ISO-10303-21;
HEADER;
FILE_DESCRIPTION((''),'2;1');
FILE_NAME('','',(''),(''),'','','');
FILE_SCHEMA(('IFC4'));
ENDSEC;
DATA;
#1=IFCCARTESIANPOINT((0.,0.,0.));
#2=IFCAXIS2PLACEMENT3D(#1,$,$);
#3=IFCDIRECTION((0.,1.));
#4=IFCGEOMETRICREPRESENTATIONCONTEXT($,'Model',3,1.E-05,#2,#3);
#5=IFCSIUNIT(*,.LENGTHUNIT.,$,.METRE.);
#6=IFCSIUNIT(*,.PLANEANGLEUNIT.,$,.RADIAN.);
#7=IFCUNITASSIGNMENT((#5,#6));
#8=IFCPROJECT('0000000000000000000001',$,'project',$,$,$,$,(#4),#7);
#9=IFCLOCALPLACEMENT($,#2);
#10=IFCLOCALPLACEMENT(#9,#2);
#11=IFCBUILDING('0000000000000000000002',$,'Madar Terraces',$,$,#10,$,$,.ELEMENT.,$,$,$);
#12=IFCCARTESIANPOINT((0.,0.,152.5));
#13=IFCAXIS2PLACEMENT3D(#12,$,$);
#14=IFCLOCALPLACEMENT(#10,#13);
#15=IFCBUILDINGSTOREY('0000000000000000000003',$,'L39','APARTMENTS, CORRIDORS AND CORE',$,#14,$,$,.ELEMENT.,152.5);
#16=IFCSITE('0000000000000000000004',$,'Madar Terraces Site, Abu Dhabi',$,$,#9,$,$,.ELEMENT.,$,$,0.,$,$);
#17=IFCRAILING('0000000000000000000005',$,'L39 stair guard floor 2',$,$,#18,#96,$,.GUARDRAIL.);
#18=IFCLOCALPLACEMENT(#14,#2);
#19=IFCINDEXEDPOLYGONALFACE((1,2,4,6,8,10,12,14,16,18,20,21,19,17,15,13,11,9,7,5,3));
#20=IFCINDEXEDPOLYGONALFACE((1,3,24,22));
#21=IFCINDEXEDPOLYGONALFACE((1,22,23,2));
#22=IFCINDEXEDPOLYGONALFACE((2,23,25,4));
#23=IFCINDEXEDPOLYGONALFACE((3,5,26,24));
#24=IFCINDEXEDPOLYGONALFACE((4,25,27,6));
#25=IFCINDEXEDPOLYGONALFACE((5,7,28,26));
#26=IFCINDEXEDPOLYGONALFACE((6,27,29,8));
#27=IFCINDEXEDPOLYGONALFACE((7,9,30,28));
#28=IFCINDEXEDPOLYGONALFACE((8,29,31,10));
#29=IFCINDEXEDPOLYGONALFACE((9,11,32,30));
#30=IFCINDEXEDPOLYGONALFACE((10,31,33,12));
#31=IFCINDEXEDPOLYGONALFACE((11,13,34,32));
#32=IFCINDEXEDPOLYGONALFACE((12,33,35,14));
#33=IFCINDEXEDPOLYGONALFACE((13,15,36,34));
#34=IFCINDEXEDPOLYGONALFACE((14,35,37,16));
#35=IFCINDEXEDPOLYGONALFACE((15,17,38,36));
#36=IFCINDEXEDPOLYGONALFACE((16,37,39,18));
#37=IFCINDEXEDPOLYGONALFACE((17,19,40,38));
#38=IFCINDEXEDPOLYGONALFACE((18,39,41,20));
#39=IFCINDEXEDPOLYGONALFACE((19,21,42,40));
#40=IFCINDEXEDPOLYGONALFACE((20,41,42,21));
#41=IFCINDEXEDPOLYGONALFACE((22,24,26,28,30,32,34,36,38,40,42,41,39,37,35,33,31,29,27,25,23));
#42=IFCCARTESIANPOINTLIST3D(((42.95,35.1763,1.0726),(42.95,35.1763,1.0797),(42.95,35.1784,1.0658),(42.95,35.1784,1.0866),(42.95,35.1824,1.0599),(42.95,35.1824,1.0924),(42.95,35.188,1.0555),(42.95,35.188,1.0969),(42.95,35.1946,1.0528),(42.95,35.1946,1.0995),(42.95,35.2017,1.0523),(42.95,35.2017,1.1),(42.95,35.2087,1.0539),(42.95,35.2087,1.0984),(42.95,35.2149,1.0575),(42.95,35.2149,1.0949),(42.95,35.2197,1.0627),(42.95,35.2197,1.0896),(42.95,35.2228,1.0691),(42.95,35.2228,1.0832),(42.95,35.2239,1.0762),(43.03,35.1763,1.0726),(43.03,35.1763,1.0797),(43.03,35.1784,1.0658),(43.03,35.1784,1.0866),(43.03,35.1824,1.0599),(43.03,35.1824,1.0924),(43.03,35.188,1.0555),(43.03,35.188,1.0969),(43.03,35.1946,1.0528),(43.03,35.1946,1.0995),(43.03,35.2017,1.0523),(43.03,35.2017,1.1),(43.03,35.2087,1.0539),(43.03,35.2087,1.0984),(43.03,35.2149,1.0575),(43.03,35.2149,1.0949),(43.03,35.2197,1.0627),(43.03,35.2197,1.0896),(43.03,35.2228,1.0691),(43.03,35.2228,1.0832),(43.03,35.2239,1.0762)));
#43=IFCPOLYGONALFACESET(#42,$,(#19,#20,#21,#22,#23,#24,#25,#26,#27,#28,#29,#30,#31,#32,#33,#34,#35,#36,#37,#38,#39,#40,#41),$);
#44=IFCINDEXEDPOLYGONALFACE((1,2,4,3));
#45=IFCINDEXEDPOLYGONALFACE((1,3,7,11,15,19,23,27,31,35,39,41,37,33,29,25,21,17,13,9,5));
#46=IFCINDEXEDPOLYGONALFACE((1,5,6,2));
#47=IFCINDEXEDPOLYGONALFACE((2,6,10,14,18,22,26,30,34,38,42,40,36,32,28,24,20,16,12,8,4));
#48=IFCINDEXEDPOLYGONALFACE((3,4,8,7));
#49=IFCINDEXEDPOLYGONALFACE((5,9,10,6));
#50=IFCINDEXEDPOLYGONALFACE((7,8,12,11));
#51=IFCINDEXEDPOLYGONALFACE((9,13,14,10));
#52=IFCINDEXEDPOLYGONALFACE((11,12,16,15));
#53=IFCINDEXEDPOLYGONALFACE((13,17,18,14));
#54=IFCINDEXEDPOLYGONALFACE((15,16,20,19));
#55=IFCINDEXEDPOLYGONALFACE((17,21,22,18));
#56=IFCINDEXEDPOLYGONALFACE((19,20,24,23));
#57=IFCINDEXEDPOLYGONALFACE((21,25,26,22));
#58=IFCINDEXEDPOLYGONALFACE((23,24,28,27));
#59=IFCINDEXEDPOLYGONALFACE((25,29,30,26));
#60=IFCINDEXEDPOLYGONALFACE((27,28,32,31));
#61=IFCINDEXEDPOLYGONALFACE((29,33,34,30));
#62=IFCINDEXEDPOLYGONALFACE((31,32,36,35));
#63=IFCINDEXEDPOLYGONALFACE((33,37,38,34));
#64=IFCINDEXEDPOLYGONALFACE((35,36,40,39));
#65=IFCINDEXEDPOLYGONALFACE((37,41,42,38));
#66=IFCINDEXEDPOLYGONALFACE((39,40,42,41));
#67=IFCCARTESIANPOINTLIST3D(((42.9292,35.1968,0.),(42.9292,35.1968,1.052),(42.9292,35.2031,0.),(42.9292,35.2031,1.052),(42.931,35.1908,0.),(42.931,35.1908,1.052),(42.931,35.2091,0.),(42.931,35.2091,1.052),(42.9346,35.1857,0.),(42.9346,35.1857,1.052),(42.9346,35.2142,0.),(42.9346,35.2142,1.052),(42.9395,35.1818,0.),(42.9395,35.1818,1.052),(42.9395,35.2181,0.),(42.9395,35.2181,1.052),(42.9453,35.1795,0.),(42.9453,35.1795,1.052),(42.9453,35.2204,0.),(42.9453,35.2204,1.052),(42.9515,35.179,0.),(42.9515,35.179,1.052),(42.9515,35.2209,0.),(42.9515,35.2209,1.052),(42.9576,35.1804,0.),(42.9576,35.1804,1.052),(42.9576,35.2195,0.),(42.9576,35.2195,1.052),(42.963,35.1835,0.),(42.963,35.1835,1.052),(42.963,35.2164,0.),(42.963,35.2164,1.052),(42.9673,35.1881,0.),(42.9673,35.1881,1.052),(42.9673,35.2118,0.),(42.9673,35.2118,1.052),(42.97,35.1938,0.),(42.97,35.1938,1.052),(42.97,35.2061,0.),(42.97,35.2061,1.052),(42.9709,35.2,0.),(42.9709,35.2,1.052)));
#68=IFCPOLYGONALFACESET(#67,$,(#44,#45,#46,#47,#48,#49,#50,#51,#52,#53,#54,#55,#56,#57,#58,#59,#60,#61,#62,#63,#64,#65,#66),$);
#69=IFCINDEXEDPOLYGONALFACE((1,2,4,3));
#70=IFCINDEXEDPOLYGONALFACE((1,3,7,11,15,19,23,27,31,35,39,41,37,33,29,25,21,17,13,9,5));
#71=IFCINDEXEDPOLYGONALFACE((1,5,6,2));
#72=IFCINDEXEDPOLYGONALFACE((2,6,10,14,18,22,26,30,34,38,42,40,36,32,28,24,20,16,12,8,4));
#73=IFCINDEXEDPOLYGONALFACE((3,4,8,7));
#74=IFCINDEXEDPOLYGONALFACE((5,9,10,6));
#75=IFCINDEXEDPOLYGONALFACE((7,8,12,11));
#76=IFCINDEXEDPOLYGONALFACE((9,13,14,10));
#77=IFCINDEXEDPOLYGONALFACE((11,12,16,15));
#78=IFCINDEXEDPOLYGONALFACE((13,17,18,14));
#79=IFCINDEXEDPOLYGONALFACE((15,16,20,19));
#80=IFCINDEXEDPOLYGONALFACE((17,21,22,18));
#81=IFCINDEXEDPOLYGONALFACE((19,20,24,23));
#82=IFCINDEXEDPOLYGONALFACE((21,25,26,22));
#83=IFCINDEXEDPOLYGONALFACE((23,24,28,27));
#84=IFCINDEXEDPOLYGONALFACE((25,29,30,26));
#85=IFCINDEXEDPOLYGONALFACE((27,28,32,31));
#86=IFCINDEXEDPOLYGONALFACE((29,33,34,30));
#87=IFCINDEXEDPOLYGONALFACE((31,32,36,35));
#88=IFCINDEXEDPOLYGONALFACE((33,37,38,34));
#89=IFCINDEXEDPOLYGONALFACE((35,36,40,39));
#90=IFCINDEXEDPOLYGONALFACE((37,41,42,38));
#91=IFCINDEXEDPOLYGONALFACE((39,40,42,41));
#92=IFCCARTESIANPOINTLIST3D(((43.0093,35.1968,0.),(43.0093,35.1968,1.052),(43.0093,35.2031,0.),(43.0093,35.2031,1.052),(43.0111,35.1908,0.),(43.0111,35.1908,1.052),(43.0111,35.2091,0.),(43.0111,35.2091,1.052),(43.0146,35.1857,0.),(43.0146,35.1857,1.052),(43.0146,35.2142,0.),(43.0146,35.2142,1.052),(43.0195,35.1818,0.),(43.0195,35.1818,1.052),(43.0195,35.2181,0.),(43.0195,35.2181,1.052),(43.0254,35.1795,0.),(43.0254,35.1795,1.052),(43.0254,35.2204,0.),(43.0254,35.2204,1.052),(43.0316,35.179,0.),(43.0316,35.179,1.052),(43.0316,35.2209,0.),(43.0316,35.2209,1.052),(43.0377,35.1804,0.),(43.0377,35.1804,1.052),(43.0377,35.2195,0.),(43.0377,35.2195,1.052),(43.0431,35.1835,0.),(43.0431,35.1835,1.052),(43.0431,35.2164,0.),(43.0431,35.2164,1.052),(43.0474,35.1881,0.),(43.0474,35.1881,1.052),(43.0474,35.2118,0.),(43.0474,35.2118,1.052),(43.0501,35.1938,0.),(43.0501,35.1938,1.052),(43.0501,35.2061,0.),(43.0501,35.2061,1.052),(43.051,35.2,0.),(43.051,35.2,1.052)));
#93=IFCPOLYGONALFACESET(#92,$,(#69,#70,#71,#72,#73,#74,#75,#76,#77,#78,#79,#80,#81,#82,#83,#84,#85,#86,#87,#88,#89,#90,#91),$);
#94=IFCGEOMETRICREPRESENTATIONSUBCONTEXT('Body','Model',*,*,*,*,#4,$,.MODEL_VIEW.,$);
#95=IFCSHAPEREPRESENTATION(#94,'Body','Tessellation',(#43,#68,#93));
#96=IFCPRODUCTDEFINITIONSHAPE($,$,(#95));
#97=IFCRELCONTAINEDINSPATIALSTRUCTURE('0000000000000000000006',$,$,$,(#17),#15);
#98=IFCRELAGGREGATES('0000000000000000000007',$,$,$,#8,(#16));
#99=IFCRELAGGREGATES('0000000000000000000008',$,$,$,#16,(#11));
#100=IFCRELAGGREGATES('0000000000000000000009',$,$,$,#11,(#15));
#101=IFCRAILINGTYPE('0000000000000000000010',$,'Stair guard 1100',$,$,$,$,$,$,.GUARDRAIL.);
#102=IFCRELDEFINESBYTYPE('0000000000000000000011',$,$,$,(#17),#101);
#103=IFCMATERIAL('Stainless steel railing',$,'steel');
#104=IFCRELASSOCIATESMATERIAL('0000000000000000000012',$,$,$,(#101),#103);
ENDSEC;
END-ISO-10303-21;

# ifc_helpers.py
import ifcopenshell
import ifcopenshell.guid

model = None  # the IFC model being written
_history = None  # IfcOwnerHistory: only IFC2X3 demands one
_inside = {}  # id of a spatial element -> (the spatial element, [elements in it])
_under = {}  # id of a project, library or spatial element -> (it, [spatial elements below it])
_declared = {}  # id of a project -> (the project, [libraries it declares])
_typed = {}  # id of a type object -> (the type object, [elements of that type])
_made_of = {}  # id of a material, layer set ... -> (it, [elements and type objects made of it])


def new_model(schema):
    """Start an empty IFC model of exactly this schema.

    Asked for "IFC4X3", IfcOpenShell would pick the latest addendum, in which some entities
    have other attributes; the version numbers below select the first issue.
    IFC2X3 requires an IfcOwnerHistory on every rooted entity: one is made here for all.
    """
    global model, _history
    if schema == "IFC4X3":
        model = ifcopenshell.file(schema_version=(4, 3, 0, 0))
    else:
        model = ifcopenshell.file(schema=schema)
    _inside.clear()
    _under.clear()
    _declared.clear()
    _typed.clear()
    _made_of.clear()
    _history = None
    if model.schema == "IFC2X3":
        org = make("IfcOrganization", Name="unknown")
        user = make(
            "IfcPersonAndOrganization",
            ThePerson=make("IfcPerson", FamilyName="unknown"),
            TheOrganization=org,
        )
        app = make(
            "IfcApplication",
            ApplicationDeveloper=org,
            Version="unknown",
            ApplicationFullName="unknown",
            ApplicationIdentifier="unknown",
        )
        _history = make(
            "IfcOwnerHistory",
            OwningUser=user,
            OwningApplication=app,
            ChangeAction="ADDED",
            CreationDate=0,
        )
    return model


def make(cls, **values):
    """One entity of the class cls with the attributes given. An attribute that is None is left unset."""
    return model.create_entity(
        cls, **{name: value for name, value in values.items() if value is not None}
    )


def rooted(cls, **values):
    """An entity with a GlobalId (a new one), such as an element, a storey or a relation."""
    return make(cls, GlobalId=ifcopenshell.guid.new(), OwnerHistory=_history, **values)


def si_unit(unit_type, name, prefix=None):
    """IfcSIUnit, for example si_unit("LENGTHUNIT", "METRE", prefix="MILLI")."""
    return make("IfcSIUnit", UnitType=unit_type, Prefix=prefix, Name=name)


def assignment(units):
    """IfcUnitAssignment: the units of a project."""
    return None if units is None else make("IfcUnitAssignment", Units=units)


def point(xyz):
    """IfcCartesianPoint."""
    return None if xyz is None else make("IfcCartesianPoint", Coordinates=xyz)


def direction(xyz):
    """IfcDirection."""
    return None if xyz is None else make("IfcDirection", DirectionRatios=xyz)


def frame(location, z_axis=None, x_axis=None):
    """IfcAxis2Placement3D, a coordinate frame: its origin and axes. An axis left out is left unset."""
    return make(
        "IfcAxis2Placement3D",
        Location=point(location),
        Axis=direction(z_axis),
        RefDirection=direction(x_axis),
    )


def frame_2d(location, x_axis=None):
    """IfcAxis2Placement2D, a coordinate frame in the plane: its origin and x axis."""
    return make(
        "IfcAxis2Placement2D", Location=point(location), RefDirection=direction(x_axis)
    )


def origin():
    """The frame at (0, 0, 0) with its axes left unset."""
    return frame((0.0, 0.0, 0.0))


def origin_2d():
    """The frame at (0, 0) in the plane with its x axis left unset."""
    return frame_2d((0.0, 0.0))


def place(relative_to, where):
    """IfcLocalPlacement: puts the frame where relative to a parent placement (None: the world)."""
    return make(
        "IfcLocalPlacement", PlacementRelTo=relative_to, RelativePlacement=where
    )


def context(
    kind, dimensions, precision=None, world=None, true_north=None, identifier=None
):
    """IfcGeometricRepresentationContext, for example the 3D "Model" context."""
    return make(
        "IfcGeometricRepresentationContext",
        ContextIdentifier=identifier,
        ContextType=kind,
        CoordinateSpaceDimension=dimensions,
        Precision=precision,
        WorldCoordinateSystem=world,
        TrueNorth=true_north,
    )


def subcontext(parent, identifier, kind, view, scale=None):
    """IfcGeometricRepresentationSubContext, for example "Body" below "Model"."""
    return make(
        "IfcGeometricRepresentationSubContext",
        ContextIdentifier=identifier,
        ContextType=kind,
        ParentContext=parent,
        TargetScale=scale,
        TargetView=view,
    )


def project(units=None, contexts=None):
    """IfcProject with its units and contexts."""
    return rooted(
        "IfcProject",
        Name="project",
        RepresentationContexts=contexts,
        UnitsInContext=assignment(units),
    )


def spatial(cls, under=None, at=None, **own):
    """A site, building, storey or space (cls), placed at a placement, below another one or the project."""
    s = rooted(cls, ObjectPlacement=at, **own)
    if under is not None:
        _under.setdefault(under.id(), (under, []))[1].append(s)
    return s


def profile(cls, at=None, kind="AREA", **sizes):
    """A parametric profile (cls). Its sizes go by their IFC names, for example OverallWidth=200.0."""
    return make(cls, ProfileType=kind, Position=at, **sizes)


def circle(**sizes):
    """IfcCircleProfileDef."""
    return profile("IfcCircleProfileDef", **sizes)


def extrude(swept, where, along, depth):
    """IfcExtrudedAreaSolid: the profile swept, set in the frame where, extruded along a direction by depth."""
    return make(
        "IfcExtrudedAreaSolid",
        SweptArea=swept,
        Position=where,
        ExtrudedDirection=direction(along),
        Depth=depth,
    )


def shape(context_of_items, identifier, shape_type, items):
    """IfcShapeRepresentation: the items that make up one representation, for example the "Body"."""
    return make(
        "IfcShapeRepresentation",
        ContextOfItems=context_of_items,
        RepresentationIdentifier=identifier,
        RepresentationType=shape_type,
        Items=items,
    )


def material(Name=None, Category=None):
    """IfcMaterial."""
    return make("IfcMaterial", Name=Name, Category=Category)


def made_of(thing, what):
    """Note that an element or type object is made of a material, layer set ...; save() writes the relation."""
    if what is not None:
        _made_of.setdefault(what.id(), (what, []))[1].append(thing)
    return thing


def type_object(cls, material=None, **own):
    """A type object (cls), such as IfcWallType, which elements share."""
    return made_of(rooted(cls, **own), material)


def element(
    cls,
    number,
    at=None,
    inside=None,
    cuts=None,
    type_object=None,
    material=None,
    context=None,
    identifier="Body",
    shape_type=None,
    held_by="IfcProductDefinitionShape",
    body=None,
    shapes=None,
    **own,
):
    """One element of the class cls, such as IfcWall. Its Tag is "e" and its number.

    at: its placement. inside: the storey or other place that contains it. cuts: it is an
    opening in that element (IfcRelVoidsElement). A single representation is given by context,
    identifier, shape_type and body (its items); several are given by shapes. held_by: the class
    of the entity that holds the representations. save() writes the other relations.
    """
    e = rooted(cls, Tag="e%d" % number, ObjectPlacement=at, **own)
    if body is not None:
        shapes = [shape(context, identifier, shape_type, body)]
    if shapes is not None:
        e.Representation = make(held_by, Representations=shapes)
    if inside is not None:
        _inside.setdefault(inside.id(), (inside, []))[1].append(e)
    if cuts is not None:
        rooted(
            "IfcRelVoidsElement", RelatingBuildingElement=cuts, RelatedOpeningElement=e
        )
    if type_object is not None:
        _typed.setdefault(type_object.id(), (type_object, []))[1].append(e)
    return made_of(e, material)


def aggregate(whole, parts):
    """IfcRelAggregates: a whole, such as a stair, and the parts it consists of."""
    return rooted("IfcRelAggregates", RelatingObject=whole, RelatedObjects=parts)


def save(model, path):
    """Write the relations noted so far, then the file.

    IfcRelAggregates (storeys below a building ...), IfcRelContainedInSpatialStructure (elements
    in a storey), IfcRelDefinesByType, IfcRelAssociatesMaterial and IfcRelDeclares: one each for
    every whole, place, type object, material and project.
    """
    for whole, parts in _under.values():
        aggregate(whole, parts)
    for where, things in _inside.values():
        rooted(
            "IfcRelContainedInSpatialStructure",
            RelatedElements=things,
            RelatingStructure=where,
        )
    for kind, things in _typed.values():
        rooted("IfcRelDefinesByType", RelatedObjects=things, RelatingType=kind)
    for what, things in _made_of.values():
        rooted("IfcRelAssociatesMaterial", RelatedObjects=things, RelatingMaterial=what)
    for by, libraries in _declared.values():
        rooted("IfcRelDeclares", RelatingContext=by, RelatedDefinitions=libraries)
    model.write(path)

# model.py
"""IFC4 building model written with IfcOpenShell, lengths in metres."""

from ifc_helpers import new_model, si_unit, direction, frame, origin, origin_2d, place, context, subcontext, project, spatial, circle, extrude, material, type_object, element, save


model = new_model("IFC4")

# Units and contexts
model_context = context("Model", 3, precision=1e-05, world=origin(), true_north=direction((0.0, 1.0)))
body_context = subcontext(model_context, "Body", "Model", "MODEL_VIEW")
ifc_project = project(units=[si_unit("LENGTHUNIT", "METRE"), si_unit("PLANEANGLEUNIT", "RADIAN")], contexts=[model_context])

# Site, building, storey
site_placement = place(None, origin())
site = spatial("IfcSite", under=ifc_project, at=site_placement, Name="Madar Terraces Site, Abu Dhabi", CompositionType="ELEMENT", RefElevation=0.0)
building_placement = place(site_placement, origin())
building = spatial("IfcBuilding", under=site, at=building_placement, Name="Madar Terraces", CompositionType="ELEMENT")
storey_placement = place(building_placement, frame((0.0, 0.0, 152.5)))
storey = spatial("IfcBuildingStorey", under=building, at=storey_placement, Name="L39", Description="APARTMENTS, CORRIDORS AND CORE", CompositionType="ELEMENT", Elevation=152.5)

# Railing
ifc_material_1 = material(Name="Stainless steel railing", Category="steel")
railing_type_1 = type_object("IfcRailingType", Name="Stair guard 1100", PredefinedType="GUARDRAIL", material=ifc_material_1)
railing_1_placement = place(storey_placement, frame((42.95, 35.2, 0.0)))
element("IfcRailing", 1, at=railing_1_placement, inside=storey, type_object=railing_type_1, Name="L39 stair guard floor 2", PredefinedType="GUARDRAIL", context=body_context, shape_type="SweptSolid", body=[
    extrude(circle(Radius=0.0239, at=origin_2d()), frame((0.0, 0.0, 1.0762), z_axis=(1.0, 0.0, 0.0), x_axis=(0.0, 1.0, 0.0)), (0.0, 0.0, 1.0), 0.0801),
    extrude(circle(Radius=0.021, at=origin_2d()), origin(), (0.0, 0.0, 1.0), 1.052),
    extrude(circle(Radius=0.021, at=origin_2d()), frame((0.0801, 0.0, 0.0)), (0.0, 0.0, 1.0), 1.052),
])

save(model, "model.ifc")
